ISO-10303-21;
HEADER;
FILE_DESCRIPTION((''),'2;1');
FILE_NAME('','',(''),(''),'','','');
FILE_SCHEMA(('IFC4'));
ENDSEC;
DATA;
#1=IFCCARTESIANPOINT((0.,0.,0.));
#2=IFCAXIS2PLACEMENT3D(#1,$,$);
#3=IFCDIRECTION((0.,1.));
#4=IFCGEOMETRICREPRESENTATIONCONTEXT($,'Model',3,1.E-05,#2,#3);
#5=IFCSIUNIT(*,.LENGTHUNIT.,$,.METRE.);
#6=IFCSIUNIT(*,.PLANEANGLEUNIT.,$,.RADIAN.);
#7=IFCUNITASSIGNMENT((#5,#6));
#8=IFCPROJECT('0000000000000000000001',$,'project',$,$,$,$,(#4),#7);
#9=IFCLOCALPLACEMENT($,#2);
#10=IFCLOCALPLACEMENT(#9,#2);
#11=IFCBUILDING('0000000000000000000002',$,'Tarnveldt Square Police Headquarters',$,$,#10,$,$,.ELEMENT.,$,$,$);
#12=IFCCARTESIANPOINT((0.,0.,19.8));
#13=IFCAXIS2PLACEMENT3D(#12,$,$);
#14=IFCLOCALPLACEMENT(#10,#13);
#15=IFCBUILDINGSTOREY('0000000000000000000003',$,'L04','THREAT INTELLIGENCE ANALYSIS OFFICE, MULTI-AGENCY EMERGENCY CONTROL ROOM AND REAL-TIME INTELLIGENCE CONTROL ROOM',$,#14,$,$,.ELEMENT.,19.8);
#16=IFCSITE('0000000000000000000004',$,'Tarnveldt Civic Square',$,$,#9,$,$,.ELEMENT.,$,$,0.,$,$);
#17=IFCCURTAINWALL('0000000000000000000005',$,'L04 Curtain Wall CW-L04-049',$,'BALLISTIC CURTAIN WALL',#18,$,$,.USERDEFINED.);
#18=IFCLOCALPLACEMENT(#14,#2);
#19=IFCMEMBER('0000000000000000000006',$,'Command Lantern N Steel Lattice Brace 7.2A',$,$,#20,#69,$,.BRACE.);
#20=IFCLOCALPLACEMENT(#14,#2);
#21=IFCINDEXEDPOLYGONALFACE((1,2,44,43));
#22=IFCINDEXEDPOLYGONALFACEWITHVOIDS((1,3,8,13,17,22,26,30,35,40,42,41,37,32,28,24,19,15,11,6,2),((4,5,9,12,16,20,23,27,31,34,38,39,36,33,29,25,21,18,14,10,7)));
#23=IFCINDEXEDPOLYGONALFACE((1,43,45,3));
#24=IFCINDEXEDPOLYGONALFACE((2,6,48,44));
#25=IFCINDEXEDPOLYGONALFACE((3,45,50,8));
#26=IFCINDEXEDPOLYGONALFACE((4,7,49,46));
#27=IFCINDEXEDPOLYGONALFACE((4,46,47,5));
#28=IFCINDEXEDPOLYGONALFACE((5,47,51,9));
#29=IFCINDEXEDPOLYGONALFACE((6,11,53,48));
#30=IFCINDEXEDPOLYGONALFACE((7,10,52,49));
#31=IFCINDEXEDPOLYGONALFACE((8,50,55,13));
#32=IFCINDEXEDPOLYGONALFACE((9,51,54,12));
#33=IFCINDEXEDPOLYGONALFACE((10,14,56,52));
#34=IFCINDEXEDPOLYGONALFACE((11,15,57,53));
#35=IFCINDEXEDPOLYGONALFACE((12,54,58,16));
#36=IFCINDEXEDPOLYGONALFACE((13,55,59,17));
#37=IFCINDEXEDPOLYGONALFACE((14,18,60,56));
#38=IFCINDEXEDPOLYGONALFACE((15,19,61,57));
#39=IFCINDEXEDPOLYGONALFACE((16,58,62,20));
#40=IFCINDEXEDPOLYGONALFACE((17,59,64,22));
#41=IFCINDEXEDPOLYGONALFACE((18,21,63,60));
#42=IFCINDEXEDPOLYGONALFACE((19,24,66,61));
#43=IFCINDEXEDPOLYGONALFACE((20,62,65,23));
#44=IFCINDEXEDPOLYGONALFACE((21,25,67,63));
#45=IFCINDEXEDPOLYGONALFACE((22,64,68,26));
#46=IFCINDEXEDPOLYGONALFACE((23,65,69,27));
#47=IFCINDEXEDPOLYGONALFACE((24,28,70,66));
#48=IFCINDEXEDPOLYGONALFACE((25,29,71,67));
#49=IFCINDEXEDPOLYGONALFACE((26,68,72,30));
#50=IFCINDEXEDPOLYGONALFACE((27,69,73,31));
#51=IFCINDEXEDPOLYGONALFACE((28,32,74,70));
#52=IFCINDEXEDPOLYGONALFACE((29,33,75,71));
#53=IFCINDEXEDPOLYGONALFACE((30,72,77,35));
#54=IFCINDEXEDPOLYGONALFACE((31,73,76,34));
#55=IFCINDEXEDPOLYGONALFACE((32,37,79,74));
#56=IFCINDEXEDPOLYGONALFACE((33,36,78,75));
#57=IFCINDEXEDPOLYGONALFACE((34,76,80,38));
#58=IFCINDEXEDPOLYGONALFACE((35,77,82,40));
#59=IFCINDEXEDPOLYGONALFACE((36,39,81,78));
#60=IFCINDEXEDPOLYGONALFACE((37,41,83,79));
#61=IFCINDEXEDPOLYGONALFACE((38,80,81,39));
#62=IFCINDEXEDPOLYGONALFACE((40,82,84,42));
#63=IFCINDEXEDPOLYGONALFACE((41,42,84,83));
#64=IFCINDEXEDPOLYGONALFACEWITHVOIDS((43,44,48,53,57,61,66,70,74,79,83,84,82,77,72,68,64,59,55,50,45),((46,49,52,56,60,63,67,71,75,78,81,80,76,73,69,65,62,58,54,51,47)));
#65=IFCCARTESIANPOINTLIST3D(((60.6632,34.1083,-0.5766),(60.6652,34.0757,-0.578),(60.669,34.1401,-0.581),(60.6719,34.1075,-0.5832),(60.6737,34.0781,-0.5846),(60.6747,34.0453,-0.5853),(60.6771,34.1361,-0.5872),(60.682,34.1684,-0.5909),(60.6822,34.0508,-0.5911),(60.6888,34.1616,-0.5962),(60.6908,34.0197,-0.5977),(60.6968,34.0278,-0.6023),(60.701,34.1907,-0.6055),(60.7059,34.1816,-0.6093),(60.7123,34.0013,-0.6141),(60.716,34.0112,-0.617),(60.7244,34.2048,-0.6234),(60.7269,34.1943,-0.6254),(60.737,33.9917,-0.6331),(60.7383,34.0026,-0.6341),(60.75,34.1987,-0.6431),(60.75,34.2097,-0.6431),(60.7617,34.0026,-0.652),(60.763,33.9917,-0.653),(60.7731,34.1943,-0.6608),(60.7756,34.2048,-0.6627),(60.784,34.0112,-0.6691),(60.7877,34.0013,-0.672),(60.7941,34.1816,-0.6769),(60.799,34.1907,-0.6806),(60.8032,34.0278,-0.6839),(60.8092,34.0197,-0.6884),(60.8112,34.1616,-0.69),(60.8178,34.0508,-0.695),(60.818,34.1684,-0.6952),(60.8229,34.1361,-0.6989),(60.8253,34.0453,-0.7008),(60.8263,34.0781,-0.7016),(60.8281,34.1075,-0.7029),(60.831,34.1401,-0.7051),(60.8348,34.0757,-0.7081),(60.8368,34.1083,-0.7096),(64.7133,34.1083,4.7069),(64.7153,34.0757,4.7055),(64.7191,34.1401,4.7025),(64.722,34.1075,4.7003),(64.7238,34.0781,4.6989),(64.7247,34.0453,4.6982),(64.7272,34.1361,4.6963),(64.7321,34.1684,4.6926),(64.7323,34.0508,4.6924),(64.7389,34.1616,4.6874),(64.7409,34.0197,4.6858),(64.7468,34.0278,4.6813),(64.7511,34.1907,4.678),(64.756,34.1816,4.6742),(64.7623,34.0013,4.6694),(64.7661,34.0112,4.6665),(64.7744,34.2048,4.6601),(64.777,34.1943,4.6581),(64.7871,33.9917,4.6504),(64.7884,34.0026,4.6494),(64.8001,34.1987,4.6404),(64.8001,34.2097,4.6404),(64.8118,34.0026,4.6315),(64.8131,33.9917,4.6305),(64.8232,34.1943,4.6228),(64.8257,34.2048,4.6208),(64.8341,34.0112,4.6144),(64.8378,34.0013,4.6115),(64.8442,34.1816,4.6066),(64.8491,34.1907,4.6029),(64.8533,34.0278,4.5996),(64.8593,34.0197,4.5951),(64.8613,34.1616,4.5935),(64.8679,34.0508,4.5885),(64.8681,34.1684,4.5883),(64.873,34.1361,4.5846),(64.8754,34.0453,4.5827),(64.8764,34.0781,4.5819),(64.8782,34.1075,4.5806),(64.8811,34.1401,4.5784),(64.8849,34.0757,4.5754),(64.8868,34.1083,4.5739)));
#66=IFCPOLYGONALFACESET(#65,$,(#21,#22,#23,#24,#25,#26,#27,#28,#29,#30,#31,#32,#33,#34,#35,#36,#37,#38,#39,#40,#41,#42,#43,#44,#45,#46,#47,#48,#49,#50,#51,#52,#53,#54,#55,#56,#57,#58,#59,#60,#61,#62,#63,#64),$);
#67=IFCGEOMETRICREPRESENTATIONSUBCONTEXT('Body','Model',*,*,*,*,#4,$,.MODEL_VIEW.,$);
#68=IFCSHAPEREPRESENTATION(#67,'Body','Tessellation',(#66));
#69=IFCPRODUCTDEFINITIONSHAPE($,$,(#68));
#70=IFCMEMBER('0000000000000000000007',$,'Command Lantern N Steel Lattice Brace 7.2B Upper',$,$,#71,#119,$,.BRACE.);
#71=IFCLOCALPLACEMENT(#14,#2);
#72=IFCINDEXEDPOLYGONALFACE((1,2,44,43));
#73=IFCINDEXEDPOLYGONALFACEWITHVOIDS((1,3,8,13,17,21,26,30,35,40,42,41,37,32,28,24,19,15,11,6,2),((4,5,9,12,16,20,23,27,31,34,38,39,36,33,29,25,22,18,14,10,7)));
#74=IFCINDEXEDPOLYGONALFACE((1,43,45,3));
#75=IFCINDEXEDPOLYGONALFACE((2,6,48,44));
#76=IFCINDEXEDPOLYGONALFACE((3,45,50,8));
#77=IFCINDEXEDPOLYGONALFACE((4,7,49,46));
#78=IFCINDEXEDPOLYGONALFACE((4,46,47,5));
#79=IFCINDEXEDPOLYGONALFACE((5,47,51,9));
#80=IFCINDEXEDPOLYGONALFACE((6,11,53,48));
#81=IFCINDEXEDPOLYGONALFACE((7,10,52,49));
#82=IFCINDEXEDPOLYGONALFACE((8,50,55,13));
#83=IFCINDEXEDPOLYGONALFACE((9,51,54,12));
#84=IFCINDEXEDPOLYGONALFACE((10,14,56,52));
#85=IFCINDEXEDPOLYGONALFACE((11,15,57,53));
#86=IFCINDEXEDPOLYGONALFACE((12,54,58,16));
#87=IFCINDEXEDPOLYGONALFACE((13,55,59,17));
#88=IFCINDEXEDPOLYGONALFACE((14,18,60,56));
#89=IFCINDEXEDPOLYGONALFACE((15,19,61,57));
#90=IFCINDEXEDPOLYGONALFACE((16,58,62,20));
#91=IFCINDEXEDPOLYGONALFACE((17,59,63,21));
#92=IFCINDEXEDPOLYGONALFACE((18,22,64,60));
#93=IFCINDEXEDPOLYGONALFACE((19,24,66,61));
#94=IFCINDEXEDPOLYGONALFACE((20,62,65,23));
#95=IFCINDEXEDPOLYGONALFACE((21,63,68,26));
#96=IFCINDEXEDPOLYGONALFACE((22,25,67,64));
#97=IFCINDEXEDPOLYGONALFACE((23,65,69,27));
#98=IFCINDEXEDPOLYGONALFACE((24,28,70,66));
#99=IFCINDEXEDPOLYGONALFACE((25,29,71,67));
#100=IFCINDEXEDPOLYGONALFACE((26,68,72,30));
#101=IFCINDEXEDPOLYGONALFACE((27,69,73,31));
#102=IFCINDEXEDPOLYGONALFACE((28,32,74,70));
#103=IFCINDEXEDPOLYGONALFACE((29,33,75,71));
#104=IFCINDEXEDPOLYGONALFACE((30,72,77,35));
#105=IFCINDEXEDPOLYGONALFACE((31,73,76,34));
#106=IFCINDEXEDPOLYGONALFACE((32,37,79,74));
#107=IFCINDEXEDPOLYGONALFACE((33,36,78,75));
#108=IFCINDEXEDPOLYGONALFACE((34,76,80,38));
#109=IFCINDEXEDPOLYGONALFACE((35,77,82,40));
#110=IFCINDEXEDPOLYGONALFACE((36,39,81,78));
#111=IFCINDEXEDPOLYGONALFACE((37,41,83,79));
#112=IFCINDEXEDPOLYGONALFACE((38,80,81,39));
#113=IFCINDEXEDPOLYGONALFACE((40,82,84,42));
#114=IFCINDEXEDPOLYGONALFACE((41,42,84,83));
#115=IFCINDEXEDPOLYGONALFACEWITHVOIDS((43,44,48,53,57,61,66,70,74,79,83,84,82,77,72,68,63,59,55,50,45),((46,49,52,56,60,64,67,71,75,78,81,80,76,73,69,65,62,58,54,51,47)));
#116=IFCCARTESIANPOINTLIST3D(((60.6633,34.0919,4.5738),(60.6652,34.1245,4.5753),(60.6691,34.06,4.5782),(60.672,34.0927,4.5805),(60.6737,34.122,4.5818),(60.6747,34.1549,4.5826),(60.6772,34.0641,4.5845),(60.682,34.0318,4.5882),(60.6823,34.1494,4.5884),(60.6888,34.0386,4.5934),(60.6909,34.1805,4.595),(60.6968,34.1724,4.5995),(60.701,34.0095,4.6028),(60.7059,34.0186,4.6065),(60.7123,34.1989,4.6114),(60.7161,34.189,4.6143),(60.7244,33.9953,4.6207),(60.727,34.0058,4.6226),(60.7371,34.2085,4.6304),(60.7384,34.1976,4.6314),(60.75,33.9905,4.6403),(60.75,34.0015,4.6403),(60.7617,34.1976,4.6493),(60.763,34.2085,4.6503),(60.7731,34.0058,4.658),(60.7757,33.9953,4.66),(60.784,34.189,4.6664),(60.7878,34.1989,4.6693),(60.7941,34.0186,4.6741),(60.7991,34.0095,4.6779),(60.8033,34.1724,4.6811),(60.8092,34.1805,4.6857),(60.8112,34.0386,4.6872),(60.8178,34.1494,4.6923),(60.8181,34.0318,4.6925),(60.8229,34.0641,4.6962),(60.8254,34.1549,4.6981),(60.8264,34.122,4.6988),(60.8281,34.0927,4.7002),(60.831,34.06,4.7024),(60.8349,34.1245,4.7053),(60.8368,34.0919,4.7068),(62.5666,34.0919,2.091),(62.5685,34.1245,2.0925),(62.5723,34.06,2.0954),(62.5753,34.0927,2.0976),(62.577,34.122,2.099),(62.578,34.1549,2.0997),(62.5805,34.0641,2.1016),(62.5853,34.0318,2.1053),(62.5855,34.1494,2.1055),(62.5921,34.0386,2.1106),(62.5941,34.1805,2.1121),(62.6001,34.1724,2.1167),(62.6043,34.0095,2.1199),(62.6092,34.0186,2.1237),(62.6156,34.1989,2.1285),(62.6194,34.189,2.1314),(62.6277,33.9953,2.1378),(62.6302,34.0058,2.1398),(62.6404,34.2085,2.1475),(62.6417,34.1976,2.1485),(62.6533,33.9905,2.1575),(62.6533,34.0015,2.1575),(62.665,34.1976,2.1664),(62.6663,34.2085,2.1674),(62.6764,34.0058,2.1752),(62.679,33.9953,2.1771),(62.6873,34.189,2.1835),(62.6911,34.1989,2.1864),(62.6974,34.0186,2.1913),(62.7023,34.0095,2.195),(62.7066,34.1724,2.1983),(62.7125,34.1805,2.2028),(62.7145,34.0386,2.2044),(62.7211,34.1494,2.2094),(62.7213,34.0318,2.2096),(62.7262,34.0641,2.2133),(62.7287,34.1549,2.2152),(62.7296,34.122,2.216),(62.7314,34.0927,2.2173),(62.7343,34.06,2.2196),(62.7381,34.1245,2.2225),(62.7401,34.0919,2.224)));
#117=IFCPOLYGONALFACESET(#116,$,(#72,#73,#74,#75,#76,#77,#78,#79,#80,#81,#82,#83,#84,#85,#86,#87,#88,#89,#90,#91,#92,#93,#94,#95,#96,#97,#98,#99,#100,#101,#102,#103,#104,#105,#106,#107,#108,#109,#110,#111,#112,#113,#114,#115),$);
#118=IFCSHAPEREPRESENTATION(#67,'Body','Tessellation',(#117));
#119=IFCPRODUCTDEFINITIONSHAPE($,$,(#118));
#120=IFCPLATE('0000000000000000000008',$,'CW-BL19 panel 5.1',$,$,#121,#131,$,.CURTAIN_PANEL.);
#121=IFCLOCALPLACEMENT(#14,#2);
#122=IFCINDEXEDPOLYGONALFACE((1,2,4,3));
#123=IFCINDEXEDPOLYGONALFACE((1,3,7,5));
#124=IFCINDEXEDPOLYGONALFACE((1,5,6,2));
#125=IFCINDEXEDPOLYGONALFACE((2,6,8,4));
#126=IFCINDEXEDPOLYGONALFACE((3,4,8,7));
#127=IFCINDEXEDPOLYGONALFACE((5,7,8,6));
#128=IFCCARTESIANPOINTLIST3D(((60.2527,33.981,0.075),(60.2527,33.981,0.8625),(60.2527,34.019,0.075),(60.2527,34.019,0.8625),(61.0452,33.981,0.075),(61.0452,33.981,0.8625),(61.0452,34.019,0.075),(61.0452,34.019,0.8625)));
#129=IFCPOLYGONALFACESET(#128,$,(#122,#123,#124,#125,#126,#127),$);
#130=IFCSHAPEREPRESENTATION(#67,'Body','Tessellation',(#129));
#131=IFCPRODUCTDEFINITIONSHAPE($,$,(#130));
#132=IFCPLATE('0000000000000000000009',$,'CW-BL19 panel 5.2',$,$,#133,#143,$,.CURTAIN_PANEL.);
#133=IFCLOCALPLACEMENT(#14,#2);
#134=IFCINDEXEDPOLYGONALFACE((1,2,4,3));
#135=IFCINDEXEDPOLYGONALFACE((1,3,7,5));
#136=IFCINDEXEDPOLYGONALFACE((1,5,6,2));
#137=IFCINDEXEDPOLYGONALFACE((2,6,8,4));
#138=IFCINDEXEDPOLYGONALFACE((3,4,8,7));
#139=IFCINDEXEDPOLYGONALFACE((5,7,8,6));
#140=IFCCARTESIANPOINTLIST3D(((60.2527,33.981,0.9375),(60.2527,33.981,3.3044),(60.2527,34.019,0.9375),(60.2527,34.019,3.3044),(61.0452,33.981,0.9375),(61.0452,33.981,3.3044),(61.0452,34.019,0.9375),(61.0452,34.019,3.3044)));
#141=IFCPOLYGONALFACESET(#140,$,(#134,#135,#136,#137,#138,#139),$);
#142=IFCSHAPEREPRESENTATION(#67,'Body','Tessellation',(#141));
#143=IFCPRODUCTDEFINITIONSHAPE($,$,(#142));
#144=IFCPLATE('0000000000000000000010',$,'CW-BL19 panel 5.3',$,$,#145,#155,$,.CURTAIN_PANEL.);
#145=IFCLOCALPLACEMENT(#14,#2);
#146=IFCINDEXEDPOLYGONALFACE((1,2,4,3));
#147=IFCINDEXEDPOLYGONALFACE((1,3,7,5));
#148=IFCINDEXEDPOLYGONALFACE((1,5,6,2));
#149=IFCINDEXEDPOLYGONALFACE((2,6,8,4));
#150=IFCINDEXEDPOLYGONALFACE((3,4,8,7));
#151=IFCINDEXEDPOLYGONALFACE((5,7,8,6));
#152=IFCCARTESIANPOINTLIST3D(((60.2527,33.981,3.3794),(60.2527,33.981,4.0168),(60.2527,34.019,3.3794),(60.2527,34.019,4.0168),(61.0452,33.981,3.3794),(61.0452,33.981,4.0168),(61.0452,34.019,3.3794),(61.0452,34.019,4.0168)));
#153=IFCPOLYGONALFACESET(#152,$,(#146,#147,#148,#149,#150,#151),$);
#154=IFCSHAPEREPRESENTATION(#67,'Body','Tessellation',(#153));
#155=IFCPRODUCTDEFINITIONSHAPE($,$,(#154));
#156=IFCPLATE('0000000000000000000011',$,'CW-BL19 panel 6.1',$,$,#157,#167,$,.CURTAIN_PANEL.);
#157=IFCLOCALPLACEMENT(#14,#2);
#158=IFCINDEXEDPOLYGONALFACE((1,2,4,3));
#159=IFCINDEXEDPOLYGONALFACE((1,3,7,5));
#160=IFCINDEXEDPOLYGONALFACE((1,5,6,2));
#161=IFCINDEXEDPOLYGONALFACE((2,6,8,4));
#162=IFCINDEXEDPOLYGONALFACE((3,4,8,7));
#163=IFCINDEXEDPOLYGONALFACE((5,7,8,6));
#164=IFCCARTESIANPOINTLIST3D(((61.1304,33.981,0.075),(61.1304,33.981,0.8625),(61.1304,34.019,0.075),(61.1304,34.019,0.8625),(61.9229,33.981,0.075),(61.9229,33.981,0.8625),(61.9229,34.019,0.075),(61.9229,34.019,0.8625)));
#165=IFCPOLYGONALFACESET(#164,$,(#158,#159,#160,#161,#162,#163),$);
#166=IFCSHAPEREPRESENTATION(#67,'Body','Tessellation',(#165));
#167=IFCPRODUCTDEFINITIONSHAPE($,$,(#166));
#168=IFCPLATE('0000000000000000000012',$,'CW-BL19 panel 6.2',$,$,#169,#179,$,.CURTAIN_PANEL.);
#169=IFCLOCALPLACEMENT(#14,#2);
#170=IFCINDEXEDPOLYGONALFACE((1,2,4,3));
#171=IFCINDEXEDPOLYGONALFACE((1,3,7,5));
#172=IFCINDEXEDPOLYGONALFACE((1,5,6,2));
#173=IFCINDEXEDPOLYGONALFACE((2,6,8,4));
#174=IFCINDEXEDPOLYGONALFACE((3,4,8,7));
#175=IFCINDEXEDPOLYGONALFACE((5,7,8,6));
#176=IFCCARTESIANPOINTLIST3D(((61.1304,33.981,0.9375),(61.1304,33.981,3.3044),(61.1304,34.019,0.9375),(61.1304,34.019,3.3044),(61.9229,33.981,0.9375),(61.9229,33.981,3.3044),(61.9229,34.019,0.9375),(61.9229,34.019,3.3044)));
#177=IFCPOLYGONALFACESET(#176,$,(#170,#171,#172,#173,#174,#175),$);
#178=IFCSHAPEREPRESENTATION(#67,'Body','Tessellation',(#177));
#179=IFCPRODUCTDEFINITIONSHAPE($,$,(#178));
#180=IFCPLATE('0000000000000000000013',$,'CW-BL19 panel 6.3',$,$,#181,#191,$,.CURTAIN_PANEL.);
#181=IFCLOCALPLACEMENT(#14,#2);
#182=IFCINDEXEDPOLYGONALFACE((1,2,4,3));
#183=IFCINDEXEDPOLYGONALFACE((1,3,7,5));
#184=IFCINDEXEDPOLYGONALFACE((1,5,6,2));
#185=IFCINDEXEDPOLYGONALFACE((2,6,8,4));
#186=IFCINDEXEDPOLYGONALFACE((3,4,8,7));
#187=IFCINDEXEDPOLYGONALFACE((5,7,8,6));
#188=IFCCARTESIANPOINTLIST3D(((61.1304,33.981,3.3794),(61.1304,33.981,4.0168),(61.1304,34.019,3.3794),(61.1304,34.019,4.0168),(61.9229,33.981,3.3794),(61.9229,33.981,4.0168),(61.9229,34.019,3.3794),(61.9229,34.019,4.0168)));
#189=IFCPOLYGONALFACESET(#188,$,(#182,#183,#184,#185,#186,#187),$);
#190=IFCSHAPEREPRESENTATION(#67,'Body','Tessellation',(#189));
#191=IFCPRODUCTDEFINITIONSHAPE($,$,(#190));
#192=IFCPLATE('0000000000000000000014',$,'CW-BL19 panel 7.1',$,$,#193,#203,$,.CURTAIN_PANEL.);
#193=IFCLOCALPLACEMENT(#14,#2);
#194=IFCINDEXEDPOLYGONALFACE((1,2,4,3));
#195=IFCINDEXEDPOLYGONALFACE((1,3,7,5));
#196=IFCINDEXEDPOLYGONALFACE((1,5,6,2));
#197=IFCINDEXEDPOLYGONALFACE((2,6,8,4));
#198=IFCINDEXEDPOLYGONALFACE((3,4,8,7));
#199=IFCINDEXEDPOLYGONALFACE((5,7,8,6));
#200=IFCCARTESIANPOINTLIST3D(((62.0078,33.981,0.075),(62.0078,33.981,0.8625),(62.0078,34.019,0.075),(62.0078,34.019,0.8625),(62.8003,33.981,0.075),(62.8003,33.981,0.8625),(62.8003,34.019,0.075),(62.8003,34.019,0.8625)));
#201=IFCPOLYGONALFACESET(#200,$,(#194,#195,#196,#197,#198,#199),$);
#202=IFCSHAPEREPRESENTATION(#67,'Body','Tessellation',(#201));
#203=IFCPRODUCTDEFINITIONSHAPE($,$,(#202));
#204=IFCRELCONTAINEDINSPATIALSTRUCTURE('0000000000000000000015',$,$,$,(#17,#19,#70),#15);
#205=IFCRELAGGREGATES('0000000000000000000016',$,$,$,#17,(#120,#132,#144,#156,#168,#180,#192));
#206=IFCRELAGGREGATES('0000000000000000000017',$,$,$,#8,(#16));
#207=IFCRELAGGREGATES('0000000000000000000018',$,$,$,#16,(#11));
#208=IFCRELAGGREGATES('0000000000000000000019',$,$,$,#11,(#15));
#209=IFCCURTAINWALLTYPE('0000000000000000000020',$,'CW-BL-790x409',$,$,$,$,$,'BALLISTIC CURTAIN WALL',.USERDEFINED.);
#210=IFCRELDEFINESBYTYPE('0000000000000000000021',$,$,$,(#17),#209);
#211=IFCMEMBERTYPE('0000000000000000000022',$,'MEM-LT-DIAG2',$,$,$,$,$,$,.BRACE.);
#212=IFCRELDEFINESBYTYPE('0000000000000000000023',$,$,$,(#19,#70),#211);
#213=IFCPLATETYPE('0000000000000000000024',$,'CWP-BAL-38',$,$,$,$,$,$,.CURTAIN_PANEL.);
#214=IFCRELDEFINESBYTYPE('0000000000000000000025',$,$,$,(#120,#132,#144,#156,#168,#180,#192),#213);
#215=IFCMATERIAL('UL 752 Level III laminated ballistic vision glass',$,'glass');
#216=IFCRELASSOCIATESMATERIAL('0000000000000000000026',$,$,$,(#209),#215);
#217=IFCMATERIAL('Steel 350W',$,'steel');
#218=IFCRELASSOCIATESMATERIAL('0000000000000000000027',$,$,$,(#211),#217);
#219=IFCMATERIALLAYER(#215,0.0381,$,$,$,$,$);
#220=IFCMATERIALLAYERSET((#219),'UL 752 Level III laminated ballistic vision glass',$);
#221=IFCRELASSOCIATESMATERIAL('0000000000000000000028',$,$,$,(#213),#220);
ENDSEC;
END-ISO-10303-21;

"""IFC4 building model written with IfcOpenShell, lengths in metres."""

from ifc_helpers import new_model, si_unit, direction, frame, origin, origin_2d, place, context, subcontext, project, spatial, rectangle, hollow_circle, extrude, material, layer, layer_set, material_profile, profile_set, type_object, element, aggregate, save


model = new_model("IFC4")

# Units and contexts
model_context = context("Model", 3, precision=1e-05, world=origin(), true_north=direction((0.0, 1.0)))
body_context = subcontext(model_context, "Body", "Model", "MODEL_VIEW")
ifc_project = project(units=[si_unit("LENGTHUNIT", "METRE"), si_unit("PLANEANGLEUNIT", "RADIAN")], contexts=[model_context])

# Site, building, storey
site_placement = place(None, origin())
site = spatial("IfcSite", under=ifc_project, at=site_placement, Name="Tarnveldt Civic Square", CompositionType="ELEMENT", RefElevation=0.0)
building_placement = place(site_placement, origin())
building = spatial("IfcBuilding", under=site, at=building_placement, Name="Tarnveldt Square Police Headquarters", CompositionType="ELEMENT")
storey_placement = place(building_placement, frame((0.0, 0.0, 19.8)))
storey = spatial("IfcBuildingStorey", under=building, at=storey_placement, Name="L04", Description="THREAT INTELLIGENCE ANALYSIS OFFICE, MULTI-AGENCY EMERGENCY CONTROL ROOM AND REAL-TIME INTELLIGENCE CONTROL ROOM", CompositionType="ELEMENT", Elevation=19.8)

# Shared definitions
ifc_material_1 = material(Name="Steel 350W", Category="steel")

# Curtain wall
ifc_material_2 = material(Name="UL 752 Level III laminated ballistic vision glass", Category="glass")
curtain_wall_type = type_object("IfcCurtainWallType", Name="CW-BL-790x409", ElementType="BALLISTIC CURTAIN WALL", PredefinedType="USERDEFINED", material=ifc_material_2)
curtain_wall_placement = place(storey_placement, origin())
curtain_wall = element("IfcCurtainWall", 1, at=curtain_wall_placement, inside=storey, type_object=curtain_wall_type, Name="L04 Curtain Wall CW-L04-049", ObjectType="BALLISTIC CURTAIN WALL", PredefinedType="USERDEFINED")

# Members
ifc_material_profile_1 = material_profile(ifc_material_1, hollow_circle(Radius=0.1096, WallThickness=0.011, at=origin_2d()), Name="HSS219x11")
ifc_profile_set_1 = profile_set([ifc_material_profile_1], Name="Steel 350W")
member_type_1 = type_object("IfcMemberType", Name="MEM-LT-DIAG2", PredefinedType="BRACE", material=ifc_profile_set_1)
member_1_placement = place(storey_placement, frame((60.75, 34.1001, -0.6431), z_axis=(0.608375, 0.0, 0.793649), x_axis=(0.0, 1.0, 0.0)))
element("IfcMember", 2, at=member_1_placement, inside=storey, type_object=member_type_1, Name="Command Lantern N Steel Lattice Brace 7.2A", PredefinedType="BRACE", context=body_context, shape_type="SweptSolid", body=[
    extrude(hollow_circle(Radius=0.1096, WallThickness=0.011, at=origin_2d()), origin(), (0.0, 0.0, 1.0), 6.6572),
])
member_2_placement = place(storey_placement, frame((62.6533, 34.1001, 2.1575), z_axis=(-0.608382, 0.0, 0.793644), x_axis=(0.0, -1.0, 0.0)))
element("IfcMember", 3, at=member_2_placement, inside=storey, type_object=member_type_1, Name="Command Lantern N Steel Lattice Brace 7.2B Upper", PredefinedType="BRACE", context=body_context, shape_type="SweptSolid", body=[
    extrude(hollow_circle(Radius=0.1096, WallThickness=0.011, at=origin_2d()), origin(), (0.0, 0.0, 1.0), 3.1284),
])

# Plates
ifc_layer_1 = layer(ifc_material_2, 0.0381)
ifc_layer_set_1 = layer_set([ifc_layer_1], Name="UL 752 Level III laminated ballistic vision glass")
plate_type_1 = type_object("IfcPlateType", Name="CWP-BAL-38", PredefinedType="CURTAIN_PANEL", material=ifc_layer_set_1)
plate_1_placement = place(storey_placement, frame((60.6489, 34.0, 0.075), z_axis=(0.0, 0.0, 1.0), x_axis=(1.0, 0.0, 0.0)))
plate_1 = element("IfcPlate", 4, at=plate_1_placement, type_object=plate_type_1, Name="CW-BL19 panel 5.1", PredefinedType="CURTAIN_PANEL", context=body_context, shape_type="SweptSolid", body=[
    extrude(rectangle(XDim=0.7925, YDim=0.0381, at=origin_2d()), origin(), (0.0, 0.0, 1.0), 0.7876),
])
plate_2_placement = place(storey_placement, frame((60.6489, 34.0, 0.9375), z_axis=(0.0, 0.0, 1.0), x_axis=(1.0, 0.0, 0.0)))
plate_2 = element("IfcPlate", 5, at=plate_2_placement, type_object=plate_type_1, Name="CW-BL19 panel 5.2", PredefinedType="CURTAIN_PANEL", context=body_context, shape_type="SweptSolid", body=[
    extrude(rectangle(XDim=0.7925, YDim=0.0381, at=origin_2d()), origin(), (0.0, 0.0, 1.0), 2.3669),
])
plate_3_placement = place(storey_placement, frame((60.6489, 34.0, 3.3794), z_axis=(0.0, 0.0, 1.0), x_axis=(1.0, 0.0, 0.0)))
plate_3 = element("IfcPlate", 6, at=plate_3_placement, type_object=plate_type_1, Name="CW-BL19 panel 5.3", PredefinedType="CURTAIN_PANEL", context=body_context, shape_type="SweptSolid", body=[
    extrude(rectangle(XDim=0.7925, YDim=0.0381, at=origin_2d()), origin(), (0.0, 0.0, 1.0), 0.6375),
])
plate_4_placement = place(storey_placement, frame((61.5266, 34.0, 0.075), z_axis=(0.0, 0.0, 1.0), x_axis=(1.0, 0.0, 0.0)))
plate_4 = element("IfcPlate", 7, at=plate_4_placement, type_object=plate_type_1, Name="CW-BL19 panel 6.1", PredefinedType="CURTAIN_PANEL", context=body_context, shape_type="SweptSolid", body=[
    extrude(rectangle(XDim=0.7925, YDim=0.0381, at=origin_2d()), origin(), (0.0, 0.0, 1.0), 0.7876),
])
plate_5_placement = place(storey_placement, frame((61.5266, 34.0, 0.9375), z_axis=(0.0, 0.0, 1.0), x_axis=(1.0, 0.0, 0.0)))
plate_5 = element("IfcPlate", 8, at=plate_5_placement, type_object=plate_type_1, Name="CW-BL19 panel 6.2", PredefinedType="CURTAIN_PANEL", context=body_context, shape_type="SweptSolid", body=[
    extrude(rectangle(XDim=0.7925, YDim=0.0381, at=origin_2d()), origin(), (0.0, 0.0, 1.0), 2.3669),
])
plate_6_placement = place(storey_placement, frame((61.5266, 34.0, 3.3794), z_axis=(0.0, 0.0, 1.0), x_axis=(1.0, 0.0, 0.0)))
plate_6 = element("IfcPlate", 9, at=plate_6_placement, type_object=plate_type_1, Name="CW-BL19 panel 6.3", PredefinedType="CURTAIN_PANEL", context=body_context, shape_type="SweptSolid", body=[
    extrude(rectangle(XDim=0.7925, YDim=0.0381, at=origin_2d()), origin(), (0.0, 0.0, 1.0), 0.6375),
])
plate_7_placement = place(storey_placement, frame((62.4041, 34.0, 0.075), z_axis=(0.0, 0.0, 1.0), x_axis=(1.0, 0.0, 0.0)))
plate_7 = element("IfcPlate", 10, at=plate_7_placement, type_object=plate_type_1, Name="CW-BL19 panel 7.1", PredefinedType="CURTAIN_PANEL", context=body_context, shape_type="SweptSolid", body=[
    extrude(rectangle(XDim=0.7925, YDim=0.0381, at=origin_2d()), origin(), (0.0, 0.0, 1.0), 0.7876),
])
aggregate(curtain_wall, [plate_1, plate_2, plate_3, plate_4, plate_5, plate_6, plate_7])

save(model, "model.ifc")
